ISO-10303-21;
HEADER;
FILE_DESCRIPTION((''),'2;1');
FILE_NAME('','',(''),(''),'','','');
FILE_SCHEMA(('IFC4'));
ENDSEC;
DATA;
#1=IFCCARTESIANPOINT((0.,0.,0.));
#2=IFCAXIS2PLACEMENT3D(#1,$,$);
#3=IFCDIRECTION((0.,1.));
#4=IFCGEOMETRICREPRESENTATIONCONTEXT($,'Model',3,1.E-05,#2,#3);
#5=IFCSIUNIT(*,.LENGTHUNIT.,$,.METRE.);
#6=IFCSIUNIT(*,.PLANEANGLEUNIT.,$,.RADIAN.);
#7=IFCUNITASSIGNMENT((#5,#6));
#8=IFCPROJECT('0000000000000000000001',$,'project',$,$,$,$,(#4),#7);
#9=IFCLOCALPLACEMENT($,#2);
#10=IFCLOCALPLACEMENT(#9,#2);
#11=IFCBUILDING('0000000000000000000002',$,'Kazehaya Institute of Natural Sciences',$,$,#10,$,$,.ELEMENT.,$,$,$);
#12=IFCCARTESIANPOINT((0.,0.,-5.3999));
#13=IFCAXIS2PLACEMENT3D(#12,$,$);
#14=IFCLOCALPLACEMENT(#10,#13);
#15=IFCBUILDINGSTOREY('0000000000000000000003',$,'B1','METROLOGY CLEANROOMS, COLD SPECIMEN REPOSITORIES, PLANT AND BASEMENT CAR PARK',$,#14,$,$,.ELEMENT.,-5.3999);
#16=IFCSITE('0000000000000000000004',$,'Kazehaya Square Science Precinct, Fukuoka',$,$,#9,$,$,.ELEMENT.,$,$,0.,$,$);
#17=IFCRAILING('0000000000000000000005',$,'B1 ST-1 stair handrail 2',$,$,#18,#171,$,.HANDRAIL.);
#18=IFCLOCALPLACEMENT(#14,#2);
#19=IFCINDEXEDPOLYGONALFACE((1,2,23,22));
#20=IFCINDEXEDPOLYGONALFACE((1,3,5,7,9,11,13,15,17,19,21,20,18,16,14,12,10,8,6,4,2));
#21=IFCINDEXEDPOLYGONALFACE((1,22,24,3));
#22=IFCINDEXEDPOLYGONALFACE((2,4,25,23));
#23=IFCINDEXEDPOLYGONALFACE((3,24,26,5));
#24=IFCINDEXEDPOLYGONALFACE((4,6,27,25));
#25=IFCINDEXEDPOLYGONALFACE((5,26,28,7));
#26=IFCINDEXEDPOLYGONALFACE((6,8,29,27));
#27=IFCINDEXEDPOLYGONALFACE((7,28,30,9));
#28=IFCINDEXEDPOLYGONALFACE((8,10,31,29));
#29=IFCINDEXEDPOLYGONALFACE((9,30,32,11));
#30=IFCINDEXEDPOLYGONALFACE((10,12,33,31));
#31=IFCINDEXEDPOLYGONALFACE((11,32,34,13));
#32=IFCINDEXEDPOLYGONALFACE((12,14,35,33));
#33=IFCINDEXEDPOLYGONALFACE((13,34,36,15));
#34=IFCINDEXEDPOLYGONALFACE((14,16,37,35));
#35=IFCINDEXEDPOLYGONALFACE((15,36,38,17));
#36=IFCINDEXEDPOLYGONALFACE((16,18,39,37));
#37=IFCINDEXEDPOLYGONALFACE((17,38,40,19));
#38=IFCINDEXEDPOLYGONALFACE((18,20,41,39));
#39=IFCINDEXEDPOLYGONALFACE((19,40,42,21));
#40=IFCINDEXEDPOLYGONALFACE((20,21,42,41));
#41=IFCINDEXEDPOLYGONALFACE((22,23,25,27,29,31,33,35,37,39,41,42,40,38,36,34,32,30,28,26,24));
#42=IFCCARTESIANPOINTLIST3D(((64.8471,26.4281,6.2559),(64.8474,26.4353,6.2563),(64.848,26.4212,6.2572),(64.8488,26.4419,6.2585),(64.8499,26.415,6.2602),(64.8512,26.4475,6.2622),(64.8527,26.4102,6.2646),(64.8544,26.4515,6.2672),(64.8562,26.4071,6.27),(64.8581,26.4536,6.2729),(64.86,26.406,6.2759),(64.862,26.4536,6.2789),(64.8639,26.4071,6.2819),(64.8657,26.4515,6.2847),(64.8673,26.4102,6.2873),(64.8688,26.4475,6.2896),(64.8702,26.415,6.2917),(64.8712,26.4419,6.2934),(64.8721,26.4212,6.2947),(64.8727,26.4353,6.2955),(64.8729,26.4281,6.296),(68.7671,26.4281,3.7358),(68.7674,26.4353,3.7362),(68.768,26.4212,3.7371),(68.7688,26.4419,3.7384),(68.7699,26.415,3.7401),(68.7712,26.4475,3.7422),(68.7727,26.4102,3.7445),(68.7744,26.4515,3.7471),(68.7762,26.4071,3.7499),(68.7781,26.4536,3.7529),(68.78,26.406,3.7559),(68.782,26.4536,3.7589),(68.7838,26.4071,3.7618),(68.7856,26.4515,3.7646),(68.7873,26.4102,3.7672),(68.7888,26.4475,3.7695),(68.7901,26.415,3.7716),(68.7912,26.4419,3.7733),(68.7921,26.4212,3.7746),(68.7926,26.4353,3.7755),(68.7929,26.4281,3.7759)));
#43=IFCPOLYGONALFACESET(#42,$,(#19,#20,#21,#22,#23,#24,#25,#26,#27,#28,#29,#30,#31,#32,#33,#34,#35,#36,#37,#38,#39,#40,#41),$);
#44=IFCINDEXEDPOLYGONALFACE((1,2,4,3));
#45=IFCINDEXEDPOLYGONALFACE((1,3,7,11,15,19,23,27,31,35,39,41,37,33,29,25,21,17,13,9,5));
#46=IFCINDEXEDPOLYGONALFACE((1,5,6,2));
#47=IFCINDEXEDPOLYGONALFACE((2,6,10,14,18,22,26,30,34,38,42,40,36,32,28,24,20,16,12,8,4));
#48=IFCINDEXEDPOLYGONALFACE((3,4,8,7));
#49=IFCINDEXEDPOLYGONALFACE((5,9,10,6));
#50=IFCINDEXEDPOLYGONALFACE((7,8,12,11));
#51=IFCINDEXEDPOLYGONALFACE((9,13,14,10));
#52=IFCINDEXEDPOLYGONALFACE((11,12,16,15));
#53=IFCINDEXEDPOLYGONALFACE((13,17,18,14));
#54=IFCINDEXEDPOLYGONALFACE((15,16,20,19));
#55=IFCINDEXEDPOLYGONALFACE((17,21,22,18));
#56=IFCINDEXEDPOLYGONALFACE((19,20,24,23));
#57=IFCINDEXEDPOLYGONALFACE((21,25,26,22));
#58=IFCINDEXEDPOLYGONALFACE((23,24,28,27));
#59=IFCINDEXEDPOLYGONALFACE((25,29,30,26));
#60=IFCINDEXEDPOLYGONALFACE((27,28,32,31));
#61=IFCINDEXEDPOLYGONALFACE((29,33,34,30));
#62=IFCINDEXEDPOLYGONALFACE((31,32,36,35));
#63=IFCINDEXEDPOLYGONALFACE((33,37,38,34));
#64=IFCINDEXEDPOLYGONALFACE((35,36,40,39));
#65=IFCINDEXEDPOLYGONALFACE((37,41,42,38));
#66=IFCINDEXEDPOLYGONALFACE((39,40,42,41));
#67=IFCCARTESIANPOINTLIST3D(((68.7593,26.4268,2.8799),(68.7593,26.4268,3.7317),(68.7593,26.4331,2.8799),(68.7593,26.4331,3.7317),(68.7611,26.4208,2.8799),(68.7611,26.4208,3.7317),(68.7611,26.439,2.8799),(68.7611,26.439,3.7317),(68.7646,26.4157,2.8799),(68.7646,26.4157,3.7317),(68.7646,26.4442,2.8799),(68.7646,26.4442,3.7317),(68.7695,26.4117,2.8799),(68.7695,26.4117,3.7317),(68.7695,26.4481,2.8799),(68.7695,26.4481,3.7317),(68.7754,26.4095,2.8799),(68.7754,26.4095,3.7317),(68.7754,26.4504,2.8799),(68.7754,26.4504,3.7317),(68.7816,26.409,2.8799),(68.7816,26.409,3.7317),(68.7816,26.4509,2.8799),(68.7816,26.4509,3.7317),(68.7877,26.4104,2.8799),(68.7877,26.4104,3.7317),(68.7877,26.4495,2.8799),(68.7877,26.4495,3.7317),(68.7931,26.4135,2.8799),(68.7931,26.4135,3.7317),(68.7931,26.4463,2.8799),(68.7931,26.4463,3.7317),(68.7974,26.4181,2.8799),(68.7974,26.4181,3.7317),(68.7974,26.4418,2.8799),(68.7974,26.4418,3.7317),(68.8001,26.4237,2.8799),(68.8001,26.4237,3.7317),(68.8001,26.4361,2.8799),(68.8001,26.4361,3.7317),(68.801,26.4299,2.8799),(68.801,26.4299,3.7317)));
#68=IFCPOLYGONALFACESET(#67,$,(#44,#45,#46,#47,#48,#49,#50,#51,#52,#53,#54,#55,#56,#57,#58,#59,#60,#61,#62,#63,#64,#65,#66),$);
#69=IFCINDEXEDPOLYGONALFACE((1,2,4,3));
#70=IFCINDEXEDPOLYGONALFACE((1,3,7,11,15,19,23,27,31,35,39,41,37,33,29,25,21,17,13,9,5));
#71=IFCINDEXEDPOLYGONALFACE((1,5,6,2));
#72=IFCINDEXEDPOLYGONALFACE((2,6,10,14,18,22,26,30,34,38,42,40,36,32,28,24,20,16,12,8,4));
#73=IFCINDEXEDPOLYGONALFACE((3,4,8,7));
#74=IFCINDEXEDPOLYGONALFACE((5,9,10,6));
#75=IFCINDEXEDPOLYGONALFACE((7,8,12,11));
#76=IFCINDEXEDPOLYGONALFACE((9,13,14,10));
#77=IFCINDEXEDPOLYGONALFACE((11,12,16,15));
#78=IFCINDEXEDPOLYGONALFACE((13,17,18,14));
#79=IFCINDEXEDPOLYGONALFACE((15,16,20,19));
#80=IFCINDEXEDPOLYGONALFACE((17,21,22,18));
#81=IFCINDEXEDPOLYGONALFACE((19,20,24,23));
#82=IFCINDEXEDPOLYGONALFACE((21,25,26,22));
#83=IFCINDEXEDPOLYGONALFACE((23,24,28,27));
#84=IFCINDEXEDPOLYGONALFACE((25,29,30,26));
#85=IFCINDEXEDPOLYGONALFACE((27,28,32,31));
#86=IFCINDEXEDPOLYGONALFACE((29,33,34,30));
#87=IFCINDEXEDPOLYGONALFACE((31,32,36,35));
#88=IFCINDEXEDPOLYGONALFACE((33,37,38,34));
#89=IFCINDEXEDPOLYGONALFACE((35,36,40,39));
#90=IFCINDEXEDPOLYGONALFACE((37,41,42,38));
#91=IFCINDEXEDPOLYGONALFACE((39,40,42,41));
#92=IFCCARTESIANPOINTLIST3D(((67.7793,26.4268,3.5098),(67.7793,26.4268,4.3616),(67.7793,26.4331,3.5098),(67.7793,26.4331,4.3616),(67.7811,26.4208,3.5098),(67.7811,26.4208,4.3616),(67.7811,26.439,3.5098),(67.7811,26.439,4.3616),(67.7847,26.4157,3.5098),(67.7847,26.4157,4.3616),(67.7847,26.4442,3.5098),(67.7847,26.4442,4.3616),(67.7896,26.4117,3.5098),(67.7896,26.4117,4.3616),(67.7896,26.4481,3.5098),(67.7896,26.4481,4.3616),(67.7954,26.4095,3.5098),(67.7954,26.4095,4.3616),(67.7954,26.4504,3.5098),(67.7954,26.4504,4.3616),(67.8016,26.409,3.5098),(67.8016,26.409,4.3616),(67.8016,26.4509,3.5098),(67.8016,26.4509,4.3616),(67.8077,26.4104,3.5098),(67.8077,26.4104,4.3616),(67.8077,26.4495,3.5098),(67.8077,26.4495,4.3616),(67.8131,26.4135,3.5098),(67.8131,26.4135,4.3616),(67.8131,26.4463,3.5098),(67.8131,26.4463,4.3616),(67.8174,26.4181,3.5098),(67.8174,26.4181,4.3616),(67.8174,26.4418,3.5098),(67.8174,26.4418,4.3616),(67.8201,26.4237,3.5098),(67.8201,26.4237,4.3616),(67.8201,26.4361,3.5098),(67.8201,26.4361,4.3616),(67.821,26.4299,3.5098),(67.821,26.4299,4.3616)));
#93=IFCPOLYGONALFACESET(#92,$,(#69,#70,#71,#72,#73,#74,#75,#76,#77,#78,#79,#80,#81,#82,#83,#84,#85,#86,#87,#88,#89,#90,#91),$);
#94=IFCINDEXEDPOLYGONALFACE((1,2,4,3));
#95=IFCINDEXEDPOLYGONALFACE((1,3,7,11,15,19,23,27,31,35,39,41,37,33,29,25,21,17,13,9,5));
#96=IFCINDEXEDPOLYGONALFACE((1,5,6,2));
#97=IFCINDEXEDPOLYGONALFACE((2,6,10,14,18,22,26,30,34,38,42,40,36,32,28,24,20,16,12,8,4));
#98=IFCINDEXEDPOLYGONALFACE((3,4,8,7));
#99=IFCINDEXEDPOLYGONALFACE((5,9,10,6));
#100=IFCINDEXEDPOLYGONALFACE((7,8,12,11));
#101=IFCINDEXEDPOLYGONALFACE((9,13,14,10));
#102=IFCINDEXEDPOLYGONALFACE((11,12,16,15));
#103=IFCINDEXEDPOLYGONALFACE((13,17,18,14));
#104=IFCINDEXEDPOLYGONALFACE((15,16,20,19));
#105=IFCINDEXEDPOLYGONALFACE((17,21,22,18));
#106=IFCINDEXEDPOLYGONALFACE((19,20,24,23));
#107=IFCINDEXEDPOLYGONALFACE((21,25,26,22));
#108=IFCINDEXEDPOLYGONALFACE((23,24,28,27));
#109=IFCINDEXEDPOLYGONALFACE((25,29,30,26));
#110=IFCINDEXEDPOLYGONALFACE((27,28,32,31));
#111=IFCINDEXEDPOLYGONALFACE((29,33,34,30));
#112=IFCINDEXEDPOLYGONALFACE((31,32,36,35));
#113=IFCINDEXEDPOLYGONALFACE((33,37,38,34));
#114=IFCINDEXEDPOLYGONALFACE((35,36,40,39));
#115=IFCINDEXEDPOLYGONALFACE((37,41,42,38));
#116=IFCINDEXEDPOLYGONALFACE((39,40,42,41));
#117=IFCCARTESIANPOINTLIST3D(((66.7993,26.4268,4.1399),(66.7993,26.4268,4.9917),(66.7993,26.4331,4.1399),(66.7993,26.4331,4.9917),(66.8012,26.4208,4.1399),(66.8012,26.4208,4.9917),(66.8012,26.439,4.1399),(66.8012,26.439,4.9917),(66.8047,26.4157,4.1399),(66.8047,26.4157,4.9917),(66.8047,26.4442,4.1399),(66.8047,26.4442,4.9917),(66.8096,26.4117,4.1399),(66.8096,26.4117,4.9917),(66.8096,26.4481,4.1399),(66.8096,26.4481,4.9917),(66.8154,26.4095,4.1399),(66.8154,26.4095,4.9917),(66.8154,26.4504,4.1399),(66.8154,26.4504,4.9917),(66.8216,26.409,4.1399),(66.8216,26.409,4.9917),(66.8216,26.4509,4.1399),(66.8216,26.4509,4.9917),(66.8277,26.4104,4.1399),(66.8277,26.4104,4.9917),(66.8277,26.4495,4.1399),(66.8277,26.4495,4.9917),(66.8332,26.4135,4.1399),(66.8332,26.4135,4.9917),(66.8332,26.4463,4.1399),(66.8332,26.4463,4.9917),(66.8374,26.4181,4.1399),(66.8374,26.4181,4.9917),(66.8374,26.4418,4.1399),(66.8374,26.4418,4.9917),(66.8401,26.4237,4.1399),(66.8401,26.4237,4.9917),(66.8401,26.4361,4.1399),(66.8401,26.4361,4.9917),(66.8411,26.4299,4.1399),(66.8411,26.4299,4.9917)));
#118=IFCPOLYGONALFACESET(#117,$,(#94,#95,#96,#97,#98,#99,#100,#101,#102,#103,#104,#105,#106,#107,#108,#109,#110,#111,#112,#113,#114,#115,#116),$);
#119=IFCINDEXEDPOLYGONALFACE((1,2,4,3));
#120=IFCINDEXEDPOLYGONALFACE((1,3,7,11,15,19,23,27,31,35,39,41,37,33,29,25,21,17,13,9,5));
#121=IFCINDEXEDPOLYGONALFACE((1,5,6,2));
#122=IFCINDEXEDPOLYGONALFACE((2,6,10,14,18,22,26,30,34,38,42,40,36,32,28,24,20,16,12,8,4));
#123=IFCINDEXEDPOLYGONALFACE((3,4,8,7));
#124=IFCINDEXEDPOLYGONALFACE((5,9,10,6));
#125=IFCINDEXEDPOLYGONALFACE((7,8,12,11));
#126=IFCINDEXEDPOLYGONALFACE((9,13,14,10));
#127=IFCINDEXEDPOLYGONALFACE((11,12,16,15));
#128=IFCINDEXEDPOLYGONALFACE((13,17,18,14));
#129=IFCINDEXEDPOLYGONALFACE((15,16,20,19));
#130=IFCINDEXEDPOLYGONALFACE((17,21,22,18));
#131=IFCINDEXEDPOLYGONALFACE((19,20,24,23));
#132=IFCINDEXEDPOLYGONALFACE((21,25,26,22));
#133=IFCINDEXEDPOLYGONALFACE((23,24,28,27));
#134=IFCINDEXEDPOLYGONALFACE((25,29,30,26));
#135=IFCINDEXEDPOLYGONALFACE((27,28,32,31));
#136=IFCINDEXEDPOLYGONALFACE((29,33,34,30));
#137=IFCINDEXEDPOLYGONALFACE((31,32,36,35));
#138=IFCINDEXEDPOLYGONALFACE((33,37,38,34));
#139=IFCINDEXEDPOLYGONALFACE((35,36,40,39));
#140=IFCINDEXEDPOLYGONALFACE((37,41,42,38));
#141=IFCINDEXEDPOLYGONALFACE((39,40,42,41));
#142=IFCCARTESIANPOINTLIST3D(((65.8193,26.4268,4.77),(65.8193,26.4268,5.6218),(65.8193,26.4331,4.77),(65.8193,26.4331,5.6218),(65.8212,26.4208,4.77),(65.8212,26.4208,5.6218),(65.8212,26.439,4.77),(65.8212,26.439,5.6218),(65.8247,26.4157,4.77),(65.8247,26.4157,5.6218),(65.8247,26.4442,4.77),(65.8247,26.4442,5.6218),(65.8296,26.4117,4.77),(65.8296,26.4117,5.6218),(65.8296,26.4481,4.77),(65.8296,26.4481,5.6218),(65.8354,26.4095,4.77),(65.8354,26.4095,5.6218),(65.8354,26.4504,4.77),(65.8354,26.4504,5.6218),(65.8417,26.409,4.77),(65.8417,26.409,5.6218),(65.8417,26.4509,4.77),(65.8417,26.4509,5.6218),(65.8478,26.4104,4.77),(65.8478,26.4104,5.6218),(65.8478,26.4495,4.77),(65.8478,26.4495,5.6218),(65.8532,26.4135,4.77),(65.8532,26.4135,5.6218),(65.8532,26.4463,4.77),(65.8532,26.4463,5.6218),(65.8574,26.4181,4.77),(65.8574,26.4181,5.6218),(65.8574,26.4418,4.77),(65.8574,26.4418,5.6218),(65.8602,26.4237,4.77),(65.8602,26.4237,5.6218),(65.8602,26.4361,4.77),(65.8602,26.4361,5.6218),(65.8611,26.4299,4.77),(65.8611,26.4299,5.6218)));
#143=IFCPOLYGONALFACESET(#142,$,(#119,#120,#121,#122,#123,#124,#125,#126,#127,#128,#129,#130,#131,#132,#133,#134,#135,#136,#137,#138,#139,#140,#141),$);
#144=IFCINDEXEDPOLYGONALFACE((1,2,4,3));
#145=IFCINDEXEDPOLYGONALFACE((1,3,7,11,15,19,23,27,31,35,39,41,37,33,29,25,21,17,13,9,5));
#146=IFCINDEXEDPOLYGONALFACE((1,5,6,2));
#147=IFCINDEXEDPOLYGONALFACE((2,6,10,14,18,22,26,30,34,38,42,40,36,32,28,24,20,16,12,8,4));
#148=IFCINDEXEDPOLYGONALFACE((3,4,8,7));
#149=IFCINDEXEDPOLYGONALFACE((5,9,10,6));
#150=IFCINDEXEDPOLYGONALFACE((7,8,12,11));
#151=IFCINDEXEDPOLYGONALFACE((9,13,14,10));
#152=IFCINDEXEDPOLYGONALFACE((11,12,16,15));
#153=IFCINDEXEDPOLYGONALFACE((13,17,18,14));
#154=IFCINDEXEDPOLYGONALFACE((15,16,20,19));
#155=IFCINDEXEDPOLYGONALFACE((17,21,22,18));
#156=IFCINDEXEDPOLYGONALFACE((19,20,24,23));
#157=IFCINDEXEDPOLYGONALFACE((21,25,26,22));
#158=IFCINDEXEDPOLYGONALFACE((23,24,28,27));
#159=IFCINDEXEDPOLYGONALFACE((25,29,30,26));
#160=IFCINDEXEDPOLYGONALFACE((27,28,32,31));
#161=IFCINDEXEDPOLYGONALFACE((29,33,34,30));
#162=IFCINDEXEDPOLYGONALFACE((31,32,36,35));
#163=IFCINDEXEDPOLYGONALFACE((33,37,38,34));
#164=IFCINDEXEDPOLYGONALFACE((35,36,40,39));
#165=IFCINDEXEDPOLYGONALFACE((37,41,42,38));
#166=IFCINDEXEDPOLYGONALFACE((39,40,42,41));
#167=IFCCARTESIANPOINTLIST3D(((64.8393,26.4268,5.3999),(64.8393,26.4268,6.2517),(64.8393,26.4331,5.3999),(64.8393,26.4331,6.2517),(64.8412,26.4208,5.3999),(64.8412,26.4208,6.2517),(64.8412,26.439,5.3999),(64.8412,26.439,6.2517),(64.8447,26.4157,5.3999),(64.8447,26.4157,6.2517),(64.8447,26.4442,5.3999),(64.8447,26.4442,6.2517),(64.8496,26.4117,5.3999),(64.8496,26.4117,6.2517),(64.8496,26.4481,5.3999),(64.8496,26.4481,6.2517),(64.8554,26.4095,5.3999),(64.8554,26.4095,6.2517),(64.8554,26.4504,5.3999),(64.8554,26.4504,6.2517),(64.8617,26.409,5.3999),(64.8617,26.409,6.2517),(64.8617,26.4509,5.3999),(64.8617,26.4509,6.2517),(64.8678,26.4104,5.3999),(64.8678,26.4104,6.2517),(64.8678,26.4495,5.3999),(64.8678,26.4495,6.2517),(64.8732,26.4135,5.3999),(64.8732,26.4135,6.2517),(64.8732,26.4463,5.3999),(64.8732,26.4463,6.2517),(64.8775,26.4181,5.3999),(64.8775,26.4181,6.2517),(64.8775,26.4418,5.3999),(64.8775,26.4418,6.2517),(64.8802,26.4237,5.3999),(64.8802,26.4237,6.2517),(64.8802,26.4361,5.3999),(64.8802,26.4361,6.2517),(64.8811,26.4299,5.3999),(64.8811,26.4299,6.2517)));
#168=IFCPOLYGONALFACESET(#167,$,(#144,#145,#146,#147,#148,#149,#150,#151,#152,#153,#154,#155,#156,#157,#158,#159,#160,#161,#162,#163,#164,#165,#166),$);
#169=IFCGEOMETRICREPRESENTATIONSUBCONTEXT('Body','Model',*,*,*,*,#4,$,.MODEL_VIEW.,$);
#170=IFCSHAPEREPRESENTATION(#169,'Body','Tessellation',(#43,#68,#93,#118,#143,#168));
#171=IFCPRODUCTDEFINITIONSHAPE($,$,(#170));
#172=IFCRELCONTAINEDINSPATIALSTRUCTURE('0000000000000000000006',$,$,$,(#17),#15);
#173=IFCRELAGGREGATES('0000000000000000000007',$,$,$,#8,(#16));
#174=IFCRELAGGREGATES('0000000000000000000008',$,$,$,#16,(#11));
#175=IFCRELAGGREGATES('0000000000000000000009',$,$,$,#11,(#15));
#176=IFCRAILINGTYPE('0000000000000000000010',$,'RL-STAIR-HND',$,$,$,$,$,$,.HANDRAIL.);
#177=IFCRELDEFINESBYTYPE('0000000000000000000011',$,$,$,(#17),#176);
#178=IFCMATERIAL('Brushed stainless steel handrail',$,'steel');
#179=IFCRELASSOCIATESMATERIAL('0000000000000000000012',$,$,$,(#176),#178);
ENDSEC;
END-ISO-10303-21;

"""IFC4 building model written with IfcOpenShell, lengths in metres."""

from ifc_helpers import new_model, si_unit, direction, frame, origin, origin_2d, place, context, subcontext, project, spatial, circle, extrude, material, type_object, element, save


model = new_model("IFC4")

# Units and contexts
model_context = context("Model", 3, precision=1e-05, world=origin(), true_north=direction((0.0, 1.0)))
body_context = subcontext(model_context, "Body", "Model", "MODEL_VIEW")
ifc_project = project(units=[si_unit("LENGTHUNIT", "METRE"), si_unit("PLANEANGLEUNIT", "RADIAN")], contexts=[model_context])

# Site, building, storey
site_placement = place(None, origin())
site = spatial("IfcSite", under=ifc_project, at=site_placement, Name="Kazehaya Square Science Precinct, Fukuoka", CompositionType="ELEMENT", RefElevation=0.0)
building_placement = place(site_placement, origin())
building = spatial("IfcBuilding", under=site, at=building_placement, Name="Kazehaya Institute of Natural Sciences", CompositionType="ELEMENT")
storey_placement = place(building_placement, frame((0.0, 0.0, -5.3999)))
storey = spatial("IfcBuildingStorey", under=building, at=storey_placement, Name="B1", Description="METROLOGY CLEANROOMS, COLD SPECIMEN REPOSITORIES, PLANT AND BASEMENT CAR PARK", CompositionType="ELEMENT", Elevation=-5.3999)

# Railing
ifc_material_1 = material(Name="Brushed stainless steel handrail", Category="steel")
railing_type_1 = type_object("IfcRailingType", Name="RL-STAIR-HND", PredefinedType="HANDRAIL", material=ifc_material_1)
railing_1_placement = place(storey_placement, frame((68.78, 26.4299, 2.8799)))
element("IfcRailing", 1, at=railing_1_placement, inside=storey, type_object=railing_type_1, Name="B1 ST-1 stair handrail 2", PredefinedType="HANDRAIL", context=body_context, shape_type="SweptSolid", body=[
    extrude(circle(Radius=0.0239, at=origin_2d()), frame((0.0, 0.0, 0.876), z_axis=(-0.841172, 0.0, 0.540768), x_axis=(0.0, -1.0, 0.0)), (0.0, 0.0, 1.0), 4.6602),
    extrude(circle(Radius=0.021, at=origin_2d()), origin(), (0.0, 0.0, 1.0), 0.8518),
    extrude(circle(Radius=0.021, at=origin_2d()), frame((-0.98, 0.0, 0.6299)), (0.0, 0.0, 1.0), 0.8518),
    extrude(circle(Radius=0.021, at=origin_2d()), frame((-1.96, 0.0, 1.26)), (0.0, 0.0, 1.0), 0.8518),
    extrude(circle(Radius=0.021, at=origin_2d()), frame((-2.9399, 0.0, 1.8901)), (0.0, 0.0, 1.0), 0.8518),
    extrude(circle(Radius=0.021, at=origin_2d()), frame((-3.9199, 0.0, 2.52)), (0.0, 0.0, 1.0), 0.8518),
])

save(model, "model.ifc")
